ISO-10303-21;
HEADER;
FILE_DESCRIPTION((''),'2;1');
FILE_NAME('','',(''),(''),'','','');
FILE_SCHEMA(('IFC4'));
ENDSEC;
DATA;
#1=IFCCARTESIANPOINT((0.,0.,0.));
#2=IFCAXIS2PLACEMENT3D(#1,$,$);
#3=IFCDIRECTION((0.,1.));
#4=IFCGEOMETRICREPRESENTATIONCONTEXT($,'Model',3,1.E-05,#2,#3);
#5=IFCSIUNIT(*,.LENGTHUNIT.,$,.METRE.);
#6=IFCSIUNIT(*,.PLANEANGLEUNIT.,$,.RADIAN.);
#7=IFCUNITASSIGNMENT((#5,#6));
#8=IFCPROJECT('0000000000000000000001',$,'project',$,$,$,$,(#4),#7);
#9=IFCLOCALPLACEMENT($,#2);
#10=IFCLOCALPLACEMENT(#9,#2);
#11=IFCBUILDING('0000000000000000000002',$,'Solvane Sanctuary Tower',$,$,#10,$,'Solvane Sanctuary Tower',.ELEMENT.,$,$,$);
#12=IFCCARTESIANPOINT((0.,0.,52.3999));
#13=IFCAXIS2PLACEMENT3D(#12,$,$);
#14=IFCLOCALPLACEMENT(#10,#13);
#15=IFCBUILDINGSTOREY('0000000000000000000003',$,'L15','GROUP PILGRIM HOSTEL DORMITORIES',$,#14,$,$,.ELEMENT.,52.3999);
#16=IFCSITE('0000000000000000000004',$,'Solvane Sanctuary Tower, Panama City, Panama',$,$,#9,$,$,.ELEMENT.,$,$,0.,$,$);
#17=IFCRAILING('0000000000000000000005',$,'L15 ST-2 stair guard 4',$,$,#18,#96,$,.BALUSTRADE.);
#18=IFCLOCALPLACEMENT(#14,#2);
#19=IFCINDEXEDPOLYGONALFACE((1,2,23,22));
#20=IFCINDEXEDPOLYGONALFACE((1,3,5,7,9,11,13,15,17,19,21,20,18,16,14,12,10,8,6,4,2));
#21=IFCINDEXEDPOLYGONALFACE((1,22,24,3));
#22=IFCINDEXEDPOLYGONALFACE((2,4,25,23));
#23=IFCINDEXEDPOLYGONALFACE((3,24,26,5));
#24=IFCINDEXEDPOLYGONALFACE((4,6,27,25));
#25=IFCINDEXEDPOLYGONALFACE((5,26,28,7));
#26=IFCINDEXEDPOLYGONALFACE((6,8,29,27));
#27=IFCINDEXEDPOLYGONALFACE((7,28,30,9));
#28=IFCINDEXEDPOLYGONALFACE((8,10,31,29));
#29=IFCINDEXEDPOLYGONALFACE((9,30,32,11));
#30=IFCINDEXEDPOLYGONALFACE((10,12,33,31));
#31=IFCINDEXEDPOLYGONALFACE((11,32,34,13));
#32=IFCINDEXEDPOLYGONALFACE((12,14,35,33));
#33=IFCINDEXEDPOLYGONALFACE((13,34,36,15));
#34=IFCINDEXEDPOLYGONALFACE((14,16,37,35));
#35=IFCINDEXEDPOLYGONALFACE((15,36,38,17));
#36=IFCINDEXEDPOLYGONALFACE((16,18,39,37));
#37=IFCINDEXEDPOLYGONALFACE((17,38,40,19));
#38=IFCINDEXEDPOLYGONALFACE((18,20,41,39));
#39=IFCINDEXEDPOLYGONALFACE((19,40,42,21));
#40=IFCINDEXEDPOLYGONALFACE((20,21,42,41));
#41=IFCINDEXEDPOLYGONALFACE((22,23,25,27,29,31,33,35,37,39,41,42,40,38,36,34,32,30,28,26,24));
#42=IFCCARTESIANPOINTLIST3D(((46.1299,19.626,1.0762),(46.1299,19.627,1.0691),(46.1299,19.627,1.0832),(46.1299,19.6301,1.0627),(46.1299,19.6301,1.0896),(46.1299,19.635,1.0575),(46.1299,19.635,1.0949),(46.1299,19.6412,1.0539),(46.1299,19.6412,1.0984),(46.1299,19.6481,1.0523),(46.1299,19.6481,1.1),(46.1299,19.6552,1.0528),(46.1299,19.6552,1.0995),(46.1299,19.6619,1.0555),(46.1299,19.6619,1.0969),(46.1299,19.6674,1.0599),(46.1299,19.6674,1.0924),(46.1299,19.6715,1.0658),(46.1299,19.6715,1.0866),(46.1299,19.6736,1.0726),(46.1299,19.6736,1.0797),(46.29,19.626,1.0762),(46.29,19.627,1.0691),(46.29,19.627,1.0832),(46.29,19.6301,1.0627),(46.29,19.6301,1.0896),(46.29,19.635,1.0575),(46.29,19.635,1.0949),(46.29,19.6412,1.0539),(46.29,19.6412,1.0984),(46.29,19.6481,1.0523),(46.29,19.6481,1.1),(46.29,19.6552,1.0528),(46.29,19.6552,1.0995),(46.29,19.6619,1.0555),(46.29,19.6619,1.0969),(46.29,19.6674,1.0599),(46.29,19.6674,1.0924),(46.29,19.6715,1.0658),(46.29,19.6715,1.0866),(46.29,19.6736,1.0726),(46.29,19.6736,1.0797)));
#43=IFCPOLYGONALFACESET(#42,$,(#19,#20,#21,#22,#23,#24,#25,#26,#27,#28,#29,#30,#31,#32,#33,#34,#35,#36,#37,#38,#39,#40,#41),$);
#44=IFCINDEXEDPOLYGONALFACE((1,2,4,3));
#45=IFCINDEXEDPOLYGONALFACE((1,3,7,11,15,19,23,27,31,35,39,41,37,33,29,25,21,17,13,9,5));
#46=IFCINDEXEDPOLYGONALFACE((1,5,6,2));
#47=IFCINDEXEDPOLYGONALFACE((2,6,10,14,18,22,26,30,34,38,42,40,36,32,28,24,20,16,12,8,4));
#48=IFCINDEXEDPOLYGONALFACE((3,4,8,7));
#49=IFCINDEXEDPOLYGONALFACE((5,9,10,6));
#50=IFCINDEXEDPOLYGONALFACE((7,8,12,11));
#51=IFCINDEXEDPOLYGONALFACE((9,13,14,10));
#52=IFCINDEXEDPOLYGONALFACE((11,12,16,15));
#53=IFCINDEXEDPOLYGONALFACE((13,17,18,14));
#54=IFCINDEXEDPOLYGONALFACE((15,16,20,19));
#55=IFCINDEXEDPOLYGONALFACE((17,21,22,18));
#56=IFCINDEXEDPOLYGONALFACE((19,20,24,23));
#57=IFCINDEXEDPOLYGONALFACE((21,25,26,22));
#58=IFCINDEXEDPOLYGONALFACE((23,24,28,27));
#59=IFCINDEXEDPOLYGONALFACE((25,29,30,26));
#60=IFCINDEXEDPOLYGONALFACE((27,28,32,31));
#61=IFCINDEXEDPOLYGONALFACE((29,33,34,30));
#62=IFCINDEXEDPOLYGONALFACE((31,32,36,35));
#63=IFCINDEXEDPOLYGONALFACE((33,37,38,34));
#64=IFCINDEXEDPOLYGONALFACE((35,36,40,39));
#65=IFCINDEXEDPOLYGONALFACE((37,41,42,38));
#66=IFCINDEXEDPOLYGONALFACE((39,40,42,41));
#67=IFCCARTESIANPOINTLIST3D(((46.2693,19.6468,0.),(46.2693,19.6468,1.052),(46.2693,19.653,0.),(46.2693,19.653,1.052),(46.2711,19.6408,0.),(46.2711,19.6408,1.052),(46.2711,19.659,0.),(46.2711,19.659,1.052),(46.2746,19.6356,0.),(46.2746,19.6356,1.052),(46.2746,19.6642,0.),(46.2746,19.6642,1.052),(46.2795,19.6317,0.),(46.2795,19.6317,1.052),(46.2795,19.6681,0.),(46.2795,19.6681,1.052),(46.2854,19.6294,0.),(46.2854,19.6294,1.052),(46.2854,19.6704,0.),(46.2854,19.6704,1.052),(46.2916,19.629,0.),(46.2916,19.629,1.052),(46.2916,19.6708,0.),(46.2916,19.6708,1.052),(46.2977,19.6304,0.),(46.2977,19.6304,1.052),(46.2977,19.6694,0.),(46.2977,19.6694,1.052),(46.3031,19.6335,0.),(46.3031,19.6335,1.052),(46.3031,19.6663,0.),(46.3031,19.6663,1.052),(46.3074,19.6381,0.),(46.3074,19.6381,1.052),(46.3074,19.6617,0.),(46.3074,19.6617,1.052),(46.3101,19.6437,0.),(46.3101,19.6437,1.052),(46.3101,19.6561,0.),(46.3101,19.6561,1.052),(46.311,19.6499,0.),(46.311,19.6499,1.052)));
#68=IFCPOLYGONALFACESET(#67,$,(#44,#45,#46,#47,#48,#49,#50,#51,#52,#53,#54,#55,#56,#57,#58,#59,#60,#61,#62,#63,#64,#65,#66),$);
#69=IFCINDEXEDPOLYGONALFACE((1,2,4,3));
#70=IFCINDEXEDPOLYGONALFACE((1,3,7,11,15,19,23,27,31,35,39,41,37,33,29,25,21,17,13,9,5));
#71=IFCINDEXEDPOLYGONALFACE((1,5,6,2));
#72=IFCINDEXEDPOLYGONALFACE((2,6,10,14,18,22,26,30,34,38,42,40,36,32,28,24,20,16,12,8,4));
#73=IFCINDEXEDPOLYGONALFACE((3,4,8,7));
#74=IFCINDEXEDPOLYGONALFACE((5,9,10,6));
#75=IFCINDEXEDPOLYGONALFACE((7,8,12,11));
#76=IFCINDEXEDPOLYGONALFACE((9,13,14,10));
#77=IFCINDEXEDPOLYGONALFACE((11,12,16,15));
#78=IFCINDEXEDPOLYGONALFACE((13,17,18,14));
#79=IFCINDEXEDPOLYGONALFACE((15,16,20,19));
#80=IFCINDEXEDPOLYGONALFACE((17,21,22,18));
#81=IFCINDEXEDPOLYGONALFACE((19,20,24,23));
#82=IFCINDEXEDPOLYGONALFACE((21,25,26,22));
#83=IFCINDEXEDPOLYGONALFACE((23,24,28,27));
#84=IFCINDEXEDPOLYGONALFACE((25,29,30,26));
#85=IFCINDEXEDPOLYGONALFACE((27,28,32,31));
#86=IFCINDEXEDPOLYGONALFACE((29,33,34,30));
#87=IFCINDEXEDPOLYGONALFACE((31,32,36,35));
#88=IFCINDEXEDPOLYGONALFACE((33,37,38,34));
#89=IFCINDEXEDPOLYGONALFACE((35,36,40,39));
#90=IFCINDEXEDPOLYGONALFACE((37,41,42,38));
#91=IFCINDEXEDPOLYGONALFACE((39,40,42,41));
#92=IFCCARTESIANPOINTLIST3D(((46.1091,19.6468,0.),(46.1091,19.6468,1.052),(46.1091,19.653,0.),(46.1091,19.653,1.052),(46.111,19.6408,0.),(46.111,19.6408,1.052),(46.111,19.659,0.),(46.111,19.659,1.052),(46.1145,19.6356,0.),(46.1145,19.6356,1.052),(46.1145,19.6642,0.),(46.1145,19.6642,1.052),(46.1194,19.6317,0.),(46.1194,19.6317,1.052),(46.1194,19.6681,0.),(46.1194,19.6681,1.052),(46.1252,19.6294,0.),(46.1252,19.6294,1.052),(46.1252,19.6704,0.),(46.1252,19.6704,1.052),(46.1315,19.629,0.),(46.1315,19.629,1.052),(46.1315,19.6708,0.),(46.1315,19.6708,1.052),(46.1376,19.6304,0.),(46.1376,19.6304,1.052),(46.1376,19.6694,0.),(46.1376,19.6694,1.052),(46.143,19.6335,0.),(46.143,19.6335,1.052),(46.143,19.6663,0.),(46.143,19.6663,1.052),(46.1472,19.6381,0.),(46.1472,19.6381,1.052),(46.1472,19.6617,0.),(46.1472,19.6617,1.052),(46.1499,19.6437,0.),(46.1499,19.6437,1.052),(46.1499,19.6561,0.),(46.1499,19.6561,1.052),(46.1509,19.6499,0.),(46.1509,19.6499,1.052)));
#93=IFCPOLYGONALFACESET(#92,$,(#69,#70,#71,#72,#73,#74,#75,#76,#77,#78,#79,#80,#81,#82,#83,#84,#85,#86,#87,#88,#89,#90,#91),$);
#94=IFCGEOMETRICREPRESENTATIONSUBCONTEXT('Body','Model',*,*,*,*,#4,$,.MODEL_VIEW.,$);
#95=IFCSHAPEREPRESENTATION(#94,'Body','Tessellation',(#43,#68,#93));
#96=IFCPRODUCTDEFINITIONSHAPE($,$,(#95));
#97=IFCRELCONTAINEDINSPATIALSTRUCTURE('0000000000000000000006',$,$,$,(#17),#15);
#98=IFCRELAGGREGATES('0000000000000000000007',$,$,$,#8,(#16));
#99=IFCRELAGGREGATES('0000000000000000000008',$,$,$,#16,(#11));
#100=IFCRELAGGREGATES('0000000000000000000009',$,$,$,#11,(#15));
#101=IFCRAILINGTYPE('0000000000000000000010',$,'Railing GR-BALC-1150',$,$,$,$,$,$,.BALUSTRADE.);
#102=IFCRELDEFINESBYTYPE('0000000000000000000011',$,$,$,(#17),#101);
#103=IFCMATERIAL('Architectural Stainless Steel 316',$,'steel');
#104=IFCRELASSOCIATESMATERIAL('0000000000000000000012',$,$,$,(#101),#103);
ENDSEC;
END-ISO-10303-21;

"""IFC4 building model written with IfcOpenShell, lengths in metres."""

from ifc_helpers import new_model, si_unit, direction, frame, origin, origin_2d, place, context, subcontext, project, spatial, circle, extrude, material, type_object, element, save


model = new_model("IFC4")

# Units and contexts
model_context = context("Model", 3, precision=1e-05, world=origin(), true_north=direction((0.0, 1.0)))
body_context = subcontext(model_context, "Body", "Model", "MODEL_VIEW")
ifc_project = project(units=[si_unit("LENGTHUNIT", "METRE"), si_unit("PLANEANGLEUNIT", "RADIAN")], contexts=[model_context])

# Site, building, storey
site_placement = place(None, origin())
site = spatial("IfcSite", under=ifc_project, at=site_placement, Name="Solvane Sanctuary Tower, Panama City, Panama", CompositionType="ELEMENT", RefElevation=0.0)
building_placement = place(site_placement, origin())
building = spatial("IfcBuilding", under=site, at=building_placement, Name="Solvane Sanctuary Tower", LongName="Solvane Sanctuary Tower", CompositionType="ELEMENT")
storey_placement = place(building_placement, frame((0.0, 0.0, 52.3999)))
storey = spatial("IfcBuildingStorey", under=building, at=storey_placement, Name="L15", Description="GROUP PILGRIM HOSTEL DORMITORIES", CompositionType="ELEMENT", Elevation=52.3999)

# Shared definitions
ifc_material_1 = material(Name="Architectural Stainless Steel 316", Category="steel")

# Railing
railing_type_1 = type_object("IfcRailingType", Name="Railing GR-BALC-1150", PredefinedType="BALUSTRADE", material=ifc_material_1)
railing_1_placement = place(storey_placement, frame((46.29, 19.6499, 0.0)))
element("IfcRailing", 1, at=railing_1_placement, inside=storey, type_object=railing_type_1, Name="L15 ST-2 stair guard 4", PredefinedType="BALUSTRADE", context=body_context, shape_type="SweptSolid", body=[
    extrude(circle(Radius=0.0239, at=origin_2d()), frame((0.0, 0.0, 1.0762), z_axis=(-1.0, 0.0, 0.0), x_axis=(0.0, -1.0, 0.0)), (0.0, 0.0, 1.0), 0.1602),
    extrude(circle(Radius=0.021, at=origin_2d()), origin(), (0.0, 0.0, 1.0), 1.052),
    extrude(circle(Radius=0.021, at=origin_2d()), frame((-0.1602, 0.0, 0.0)), (0.0, 0.0, 1.0), 1.052),
])

save(model, "model.ifc")
